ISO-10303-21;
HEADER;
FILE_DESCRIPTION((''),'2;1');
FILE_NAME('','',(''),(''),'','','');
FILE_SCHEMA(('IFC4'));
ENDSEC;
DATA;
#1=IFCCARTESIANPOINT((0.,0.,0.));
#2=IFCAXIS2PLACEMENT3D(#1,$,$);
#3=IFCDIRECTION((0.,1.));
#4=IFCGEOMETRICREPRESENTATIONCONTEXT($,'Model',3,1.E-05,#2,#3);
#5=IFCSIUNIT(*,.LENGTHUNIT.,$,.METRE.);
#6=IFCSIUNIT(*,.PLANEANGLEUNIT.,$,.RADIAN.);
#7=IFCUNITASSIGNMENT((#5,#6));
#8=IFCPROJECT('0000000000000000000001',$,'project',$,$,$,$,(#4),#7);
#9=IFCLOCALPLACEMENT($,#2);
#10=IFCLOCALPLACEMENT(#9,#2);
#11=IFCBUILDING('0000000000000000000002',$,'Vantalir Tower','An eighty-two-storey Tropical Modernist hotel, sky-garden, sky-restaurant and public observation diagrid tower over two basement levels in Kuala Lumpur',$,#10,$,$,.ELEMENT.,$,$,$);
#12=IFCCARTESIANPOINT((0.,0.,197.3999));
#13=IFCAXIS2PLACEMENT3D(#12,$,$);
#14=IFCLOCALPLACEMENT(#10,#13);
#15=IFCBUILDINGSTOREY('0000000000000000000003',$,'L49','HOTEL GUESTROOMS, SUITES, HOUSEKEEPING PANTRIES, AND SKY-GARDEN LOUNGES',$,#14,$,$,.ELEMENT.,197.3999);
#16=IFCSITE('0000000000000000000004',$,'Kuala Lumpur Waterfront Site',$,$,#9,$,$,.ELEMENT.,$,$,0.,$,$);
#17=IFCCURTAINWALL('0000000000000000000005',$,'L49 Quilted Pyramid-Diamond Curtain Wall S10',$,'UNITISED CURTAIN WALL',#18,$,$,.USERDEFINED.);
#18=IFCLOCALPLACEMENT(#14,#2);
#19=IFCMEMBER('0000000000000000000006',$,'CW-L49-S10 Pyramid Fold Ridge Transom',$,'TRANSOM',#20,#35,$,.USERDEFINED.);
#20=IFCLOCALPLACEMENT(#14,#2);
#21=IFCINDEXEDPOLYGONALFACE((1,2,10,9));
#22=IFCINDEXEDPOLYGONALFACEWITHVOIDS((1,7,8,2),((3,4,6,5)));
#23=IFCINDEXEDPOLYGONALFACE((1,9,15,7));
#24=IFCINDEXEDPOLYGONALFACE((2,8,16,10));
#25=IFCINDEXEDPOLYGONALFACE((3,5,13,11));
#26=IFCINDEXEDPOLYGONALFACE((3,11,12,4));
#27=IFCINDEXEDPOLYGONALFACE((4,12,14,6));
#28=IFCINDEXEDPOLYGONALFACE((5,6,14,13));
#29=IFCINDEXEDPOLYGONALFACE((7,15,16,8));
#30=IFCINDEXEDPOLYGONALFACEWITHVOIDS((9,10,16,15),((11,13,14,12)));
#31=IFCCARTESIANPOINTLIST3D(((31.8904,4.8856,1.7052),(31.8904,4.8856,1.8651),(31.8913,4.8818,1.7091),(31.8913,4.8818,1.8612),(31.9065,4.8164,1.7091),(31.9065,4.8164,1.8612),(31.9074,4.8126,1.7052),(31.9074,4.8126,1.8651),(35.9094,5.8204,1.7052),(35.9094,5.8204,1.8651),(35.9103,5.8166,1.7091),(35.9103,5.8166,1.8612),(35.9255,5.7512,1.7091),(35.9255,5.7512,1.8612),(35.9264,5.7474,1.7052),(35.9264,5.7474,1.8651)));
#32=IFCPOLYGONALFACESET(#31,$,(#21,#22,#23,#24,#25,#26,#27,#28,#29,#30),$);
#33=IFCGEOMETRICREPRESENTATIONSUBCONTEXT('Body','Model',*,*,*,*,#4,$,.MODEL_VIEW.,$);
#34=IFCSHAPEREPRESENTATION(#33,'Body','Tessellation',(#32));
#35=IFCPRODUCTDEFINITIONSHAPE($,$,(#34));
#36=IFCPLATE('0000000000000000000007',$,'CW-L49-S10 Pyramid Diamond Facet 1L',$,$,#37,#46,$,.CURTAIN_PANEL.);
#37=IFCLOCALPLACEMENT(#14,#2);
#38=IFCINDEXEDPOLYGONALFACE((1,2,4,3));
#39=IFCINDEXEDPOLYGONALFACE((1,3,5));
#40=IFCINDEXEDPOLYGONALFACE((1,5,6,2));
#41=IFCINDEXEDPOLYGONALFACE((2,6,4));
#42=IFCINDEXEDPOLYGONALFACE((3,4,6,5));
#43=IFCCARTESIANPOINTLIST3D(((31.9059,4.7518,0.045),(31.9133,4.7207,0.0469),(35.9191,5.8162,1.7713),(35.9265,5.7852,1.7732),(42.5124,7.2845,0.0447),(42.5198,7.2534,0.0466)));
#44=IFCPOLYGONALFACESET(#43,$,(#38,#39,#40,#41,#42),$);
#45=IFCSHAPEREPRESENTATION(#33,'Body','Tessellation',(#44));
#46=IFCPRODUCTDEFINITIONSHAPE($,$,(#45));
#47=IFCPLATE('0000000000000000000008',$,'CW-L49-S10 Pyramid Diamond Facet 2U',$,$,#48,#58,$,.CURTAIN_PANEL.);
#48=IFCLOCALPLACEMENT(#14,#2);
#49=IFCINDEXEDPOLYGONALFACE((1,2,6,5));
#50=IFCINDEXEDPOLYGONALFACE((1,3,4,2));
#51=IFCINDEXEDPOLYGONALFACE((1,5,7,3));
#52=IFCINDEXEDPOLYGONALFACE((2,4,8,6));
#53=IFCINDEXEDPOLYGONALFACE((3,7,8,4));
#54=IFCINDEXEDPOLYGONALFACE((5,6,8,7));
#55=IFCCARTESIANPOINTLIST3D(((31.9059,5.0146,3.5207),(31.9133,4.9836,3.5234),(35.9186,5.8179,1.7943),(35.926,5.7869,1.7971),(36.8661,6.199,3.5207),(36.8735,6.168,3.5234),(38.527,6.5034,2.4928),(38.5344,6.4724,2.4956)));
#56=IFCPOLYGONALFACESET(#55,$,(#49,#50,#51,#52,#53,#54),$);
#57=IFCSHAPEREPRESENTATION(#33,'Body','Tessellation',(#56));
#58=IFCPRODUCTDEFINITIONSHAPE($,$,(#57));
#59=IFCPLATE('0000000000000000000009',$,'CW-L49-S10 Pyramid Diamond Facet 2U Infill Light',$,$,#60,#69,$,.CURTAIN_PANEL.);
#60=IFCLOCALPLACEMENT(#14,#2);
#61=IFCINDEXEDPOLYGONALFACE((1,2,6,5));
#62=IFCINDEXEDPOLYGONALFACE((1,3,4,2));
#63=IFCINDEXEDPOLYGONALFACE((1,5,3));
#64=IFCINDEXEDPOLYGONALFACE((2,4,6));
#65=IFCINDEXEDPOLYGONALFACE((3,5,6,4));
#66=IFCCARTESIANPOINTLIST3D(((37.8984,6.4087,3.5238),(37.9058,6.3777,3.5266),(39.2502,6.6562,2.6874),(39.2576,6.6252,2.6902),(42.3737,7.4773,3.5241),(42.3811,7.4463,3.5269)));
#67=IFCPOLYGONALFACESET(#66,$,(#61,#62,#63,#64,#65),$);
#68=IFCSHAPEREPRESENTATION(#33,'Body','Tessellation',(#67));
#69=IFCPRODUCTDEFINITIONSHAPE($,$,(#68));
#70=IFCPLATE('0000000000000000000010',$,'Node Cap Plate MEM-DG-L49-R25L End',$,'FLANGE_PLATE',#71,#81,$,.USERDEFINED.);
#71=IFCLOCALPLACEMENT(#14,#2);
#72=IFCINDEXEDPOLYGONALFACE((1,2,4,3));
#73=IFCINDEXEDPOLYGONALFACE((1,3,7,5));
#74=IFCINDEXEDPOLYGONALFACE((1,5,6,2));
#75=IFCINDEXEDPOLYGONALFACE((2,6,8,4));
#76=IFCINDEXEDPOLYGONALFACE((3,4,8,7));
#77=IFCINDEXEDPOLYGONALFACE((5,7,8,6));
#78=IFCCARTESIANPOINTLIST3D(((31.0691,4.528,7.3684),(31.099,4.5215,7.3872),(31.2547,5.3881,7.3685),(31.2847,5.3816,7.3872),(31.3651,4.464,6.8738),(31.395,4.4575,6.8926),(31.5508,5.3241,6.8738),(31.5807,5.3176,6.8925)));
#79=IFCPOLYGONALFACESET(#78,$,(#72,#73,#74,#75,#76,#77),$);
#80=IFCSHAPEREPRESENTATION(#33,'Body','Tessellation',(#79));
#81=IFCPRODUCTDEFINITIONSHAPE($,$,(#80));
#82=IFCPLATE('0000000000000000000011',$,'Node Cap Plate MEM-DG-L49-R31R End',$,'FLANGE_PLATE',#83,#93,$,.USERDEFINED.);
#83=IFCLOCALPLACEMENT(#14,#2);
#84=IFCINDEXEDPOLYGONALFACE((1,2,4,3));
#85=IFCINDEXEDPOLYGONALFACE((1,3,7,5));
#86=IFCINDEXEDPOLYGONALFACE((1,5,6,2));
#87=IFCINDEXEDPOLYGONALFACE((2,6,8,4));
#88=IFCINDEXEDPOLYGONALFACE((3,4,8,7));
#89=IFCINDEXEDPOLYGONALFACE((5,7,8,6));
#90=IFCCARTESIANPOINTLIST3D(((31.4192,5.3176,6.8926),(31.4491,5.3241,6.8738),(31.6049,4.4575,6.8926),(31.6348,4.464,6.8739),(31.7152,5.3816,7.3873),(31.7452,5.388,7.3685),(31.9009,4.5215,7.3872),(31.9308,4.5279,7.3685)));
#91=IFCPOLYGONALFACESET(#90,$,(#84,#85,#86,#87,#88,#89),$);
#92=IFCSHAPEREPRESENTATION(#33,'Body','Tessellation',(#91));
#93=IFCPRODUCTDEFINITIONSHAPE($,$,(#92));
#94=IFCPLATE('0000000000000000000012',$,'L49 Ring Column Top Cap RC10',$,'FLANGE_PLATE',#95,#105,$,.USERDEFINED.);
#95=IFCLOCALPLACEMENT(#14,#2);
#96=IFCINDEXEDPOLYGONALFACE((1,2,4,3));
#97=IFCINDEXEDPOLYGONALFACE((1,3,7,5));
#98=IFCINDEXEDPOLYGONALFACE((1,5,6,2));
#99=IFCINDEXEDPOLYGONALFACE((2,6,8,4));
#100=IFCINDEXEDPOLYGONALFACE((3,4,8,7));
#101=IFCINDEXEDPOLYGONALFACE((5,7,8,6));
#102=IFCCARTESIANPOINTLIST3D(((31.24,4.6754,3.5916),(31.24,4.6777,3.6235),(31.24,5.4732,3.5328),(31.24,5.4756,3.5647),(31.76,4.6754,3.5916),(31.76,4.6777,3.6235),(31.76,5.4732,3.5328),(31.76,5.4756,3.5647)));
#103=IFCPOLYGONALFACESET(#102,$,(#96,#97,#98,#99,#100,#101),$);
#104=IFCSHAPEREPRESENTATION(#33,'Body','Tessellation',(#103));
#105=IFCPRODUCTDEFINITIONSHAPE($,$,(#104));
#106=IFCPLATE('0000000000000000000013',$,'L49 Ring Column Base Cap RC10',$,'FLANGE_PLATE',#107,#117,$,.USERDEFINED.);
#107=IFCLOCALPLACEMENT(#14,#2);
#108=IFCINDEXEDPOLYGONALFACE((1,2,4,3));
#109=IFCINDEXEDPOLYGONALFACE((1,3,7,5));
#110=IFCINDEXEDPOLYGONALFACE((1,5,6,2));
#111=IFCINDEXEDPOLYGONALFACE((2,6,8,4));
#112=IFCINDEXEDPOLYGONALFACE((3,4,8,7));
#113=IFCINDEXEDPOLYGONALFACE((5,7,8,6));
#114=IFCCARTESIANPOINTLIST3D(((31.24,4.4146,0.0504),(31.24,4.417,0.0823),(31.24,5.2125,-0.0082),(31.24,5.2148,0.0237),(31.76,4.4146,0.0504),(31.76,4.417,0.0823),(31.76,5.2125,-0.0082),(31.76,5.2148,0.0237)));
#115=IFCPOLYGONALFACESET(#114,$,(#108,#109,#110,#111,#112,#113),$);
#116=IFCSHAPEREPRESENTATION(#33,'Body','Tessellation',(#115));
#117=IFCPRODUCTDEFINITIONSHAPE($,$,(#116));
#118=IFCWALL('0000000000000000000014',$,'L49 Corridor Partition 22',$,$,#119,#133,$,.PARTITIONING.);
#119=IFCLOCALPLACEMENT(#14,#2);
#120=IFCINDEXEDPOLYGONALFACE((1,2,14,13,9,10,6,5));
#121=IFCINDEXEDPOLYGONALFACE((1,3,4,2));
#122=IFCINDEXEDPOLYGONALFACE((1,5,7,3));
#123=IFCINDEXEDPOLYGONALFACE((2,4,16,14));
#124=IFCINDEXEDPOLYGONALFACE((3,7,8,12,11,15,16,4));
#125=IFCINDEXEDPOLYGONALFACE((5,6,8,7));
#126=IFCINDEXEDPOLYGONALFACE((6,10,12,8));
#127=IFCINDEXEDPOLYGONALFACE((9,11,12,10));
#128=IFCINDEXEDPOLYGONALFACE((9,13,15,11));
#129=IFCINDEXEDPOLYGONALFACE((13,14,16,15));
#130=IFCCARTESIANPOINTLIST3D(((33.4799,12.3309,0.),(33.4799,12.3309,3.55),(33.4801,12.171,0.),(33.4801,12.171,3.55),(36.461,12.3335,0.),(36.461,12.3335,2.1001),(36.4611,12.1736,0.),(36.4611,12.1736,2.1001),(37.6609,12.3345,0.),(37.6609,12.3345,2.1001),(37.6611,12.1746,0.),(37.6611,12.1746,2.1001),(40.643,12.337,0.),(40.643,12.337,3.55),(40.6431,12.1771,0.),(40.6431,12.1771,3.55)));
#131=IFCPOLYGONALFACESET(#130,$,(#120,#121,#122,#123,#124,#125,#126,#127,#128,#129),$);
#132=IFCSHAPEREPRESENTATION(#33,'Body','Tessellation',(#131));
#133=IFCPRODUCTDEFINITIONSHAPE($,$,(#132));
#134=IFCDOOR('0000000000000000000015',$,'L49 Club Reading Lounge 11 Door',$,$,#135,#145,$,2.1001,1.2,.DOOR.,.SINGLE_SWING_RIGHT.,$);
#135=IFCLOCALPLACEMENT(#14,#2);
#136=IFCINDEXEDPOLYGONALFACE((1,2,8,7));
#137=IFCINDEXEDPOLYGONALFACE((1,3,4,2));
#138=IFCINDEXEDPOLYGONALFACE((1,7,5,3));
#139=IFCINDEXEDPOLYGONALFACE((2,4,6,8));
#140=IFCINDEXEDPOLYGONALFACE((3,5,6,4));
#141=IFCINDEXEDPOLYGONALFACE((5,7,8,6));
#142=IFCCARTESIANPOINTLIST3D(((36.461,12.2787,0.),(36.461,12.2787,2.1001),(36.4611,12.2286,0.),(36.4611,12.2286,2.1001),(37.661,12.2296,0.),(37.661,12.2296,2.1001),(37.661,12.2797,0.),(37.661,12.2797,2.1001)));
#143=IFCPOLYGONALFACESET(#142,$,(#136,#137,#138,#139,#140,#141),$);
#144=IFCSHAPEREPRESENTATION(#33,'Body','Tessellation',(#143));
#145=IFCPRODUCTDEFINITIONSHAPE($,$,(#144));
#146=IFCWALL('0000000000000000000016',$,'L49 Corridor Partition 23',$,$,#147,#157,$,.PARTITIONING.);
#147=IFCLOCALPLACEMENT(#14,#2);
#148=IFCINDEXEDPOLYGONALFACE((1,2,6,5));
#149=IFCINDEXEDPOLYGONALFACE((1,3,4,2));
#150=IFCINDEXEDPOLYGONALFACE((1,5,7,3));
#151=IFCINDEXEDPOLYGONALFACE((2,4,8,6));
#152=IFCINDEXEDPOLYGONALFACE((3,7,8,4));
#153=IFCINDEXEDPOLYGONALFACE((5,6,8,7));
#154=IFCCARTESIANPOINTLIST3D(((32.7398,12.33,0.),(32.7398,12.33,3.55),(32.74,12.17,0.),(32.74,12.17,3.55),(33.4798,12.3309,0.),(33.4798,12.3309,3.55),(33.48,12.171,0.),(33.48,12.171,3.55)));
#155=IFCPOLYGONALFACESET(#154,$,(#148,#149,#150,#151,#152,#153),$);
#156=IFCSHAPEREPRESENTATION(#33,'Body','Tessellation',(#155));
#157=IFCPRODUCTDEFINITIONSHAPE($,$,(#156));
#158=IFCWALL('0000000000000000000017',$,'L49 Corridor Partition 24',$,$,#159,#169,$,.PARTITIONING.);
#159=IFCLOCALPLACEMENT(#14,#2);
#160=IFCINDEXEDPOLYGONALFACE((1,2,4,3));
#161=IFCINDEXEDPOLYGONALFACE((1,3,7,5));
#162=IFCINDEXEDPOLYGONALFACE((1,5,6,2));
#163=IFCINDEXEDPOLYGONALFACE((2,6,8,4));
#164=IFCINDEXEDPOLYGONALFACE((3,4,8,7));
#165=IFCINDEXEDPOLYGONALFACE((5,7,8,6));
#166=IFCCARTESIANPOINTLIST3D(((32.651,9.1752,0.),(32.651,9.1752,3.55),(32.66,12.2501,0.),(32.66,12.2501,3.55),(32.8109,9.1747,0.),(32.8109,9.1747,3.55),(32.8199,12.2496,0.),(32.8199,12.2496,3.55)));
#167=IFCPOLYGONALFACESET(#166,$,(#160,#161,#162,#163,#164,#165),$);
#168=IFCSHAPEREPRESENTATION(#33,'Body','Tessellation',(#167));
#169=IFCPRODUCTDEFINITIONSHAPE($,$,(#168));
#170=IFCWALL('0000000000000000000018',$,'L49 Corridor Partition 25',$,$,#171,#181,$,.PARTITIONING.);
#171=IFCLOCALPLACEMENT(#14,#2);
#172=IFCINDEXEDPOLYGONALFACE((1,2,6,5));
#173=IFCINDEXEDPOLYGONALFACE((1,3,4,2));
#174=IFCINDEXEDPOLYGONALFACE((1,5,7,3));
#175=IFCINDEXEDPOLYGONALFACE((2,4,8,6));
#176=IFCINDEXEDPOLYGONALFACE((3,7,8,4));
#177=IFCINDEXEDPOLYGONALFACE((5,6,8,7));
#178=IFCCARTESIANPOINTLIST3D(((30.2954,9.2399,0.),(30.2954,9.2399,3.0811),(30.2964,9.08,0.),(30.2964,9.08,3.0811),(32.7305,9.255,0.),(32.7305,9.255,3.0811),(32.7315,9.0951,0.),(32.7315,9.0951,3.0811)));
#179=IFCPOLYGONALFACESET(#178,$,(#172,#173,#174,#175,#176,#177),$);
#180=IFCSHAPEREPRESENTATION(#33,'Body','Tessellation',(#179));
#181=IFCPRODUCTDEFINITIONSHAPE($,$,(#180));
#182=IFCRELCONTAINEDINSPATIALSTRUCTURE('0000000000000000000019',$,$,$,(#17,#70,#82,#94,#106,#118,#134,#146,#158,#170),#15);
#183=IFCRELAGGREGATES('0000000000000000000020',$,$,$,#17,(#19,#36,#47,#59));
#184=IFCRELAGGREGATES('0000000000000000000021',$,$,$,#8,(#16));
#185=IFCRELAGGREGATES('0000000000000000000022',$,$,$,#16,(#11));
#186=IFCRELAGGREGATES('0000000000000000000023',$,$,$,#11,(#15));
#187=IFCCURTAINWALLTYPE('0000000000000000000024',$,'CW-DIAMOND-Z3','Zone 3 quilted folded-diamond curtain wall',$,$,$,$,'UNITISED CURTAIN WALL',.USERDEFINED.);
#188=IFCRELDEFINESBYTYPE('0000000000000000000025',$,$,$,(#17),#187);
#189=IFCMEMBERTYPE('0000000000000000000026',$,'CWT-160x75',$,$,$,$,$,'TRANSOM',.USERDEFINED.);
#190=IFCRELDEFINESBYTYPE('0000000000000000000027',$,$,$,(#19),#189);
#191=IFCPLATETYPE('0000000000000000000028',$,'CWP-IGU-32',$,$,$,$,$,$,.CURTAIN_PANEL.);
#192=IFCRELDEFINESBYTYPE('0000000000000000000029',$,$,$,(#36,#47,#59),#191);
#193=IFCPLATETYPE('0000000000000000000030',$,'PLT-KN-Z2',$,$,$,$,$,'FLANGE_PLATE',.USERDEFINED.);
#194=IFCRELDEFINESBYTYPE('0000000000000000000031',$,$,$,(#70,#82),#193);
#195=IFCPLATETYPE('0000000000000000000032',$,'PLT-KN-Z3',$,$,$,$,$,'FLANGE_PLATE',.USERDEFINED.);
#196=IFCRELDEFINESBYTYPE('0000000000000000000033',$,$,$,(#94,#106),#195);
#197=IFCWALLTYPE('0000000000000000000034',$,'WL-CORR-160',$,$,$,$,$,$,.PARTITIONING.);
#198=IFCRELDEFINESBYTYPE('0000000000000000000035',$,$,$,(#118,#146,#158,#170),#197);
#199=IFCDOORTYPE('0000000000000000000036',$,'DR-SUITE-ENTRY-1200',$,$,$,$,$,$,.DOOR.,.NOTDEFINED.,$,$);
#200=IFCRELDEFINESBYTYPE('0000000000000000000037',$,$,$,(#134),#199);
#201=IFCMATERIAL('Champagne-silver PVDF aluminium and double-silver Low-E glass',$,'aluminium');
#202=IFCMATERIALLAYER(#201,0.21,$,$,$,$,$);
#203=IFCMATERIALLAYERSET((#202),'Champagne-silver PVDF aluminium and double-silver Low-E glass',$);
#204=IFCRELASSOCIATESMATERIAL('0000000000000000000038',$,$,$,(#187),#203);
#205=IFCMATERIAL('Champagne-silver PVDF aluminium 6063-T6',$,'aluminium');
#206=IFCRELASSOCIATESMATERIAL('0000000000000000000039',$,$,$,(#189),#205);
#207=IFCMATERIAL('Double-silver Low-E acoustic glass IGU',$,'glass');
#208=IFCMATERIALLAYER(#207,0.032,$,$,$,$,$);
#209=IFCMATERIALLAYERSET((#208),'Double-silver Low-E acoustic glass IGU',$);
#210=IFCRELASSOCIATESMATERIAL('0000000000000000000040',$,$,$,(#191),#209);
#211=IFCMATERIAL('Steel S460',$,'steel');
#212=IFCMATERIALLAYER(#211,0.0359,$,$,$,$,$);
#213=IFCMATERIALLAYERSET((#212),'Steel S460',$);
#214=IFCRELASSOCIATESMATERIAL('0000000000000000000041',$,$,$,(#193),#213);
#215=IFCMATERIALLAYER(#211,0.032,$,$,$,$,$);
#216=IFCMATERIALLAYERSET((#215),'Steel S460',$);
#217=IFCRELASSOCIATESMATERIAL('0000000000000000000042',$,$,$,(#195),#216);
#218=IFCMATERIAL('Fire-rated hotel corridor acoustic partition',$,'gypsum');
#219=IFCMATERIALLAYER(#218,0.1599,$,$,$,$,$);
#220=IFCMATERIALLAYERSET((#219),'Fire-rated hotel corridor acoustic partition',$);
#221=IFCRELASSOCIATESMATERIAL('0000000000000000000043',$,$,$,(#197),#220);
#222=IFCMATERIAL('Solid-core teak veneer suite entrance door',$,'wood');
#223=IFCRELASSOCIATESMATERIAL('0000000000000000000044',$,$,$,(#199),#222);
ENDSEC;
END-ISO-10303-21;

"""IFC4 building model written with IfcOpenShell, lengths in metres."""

from ifc_helpers import new_model, si_unit, direction, frame, frame_2d, origin, origin_2d, place, context, subcontext, project, spatial, polyline, rectangle, hollow_rectangle, outline, extrude, material, layer, layer_set, material_profile, profile_set, type_object, element, fill, aggregate, save


model = new_model("IFC4")

# Units and contexts
model_context = context("Model", 3, precision=1e-05, world=origin(), true_north=direction((0.0, 1.0)))
body_context = subcontext(model_context, "Body", "Model", "MODEL_VIEW")
ifc_project = project(units=[si_unit("LENGTHUNIT", "METRE"), si_unit("PLANEANGLEUNIT", "RADIAN")], contexts=[model_context])

# Site, building, storey
site_placement = place(None, origin())
site = spatial("IfcSite", under=ifc_project, at=site_placement, Name="Kuala Lumpur Waterfront Site", CompositionType="ELEMENT", RefElevation=0.0)
building_placement = place(site_placement, origin())
building = spatial("IfcBuilding", under=site, at=building_placement, Name="Vantalir Tower", Description="An eighty-two-storey Tropical Modernist hotel, sky-garden, sky-restaurant and public observation diagrid tower over two basement levels in Kuala Lumpur", CompositionType="ELEMENT")
storey_placement = place(building_placement, frame((0.0, 0.0, 197.3999)))
storey = spatial("IfcBuildingStorey", under=building, at=storey_placement, Name="L49", Description="HOTEL GUESTROOMS, SUITES, HOUSEKEEPING PANTRIES, AND SKY-GARDEN LOUNGES", CompositionType="ELEMENT", Elevation=197.3999)

# Shared definitions
ifc_material_1 = material(Name="Steel S460", Category="steel")

# Shared definitions
ifc_material_2 = material(Name="Champagne-silver PVDF aluminium and double-silver Low-E glass", Category="aluminium")
ifc_layer_1 = layer(ifc_material_2, 0.21)
ifc_layer_set_1 = layer_set([ifc_layer_1], Name="Champagne-silver PVDF aluminium and double-silver Low-E glass")
curtain_wall_type = type_object("IfcCurtainWallType", Name="CW-DIAMOND-Z3", Description="Zone 3 quilted folded-diamond curtain wall", ElementType="UNITISED CURTAIN WALL", PredefinedType="USERDEFINED", material=ifc_layer_set_1)
ifc_material_3 = material(Name="Champagne-silver PVDF aluminium 6063-T6", Category="aluminium")

# Curtain wall, member, plates
curtain_wall_1_placement = place(storey_placement, origin())
curtain_wall_1 = element("IfcCurtainWall", 1, at=curtain_wall_1_placement, inside=storey, type_object=curtain_wall_type, Name="L49 Quilted Pyramid-Diamond Curtain Wall S10", ObjectType="UNITISED CURTAIN WALL", PredefinedType="USERDEFINED")
ifc_material_profile_1 = material_profile(ifc_material_3, hollow_rectangle(XDim=0.075, YDim=0.1599, WallThickness=0.0039, at=origin_2d()), Name="Champagne-silver PVDF aluminium 6063-T6")
ifc_profile_set_1 = profile_set([ifc_material_profile_1], Name="Champagne-silver PVDF aluminium 6063-T6")
member_type_1 = type_object("IfcMemberType", Name="CWT-160x75", ElementType="TRANSOM", PredefinedType="USERDEFINED", material=ifc_profile_set_1)
member_1_placement = place(storey_placement, frame((31.8989, 4.8491, 1.7852), z_axis=(0.974, 0.226549, 0.0), x_axis=(-0.226549, 0.974, 0.0)))
member_1 = element("IfcMember", 2, at=member_1_placement, type_object=member_type_1, Name="CW-L49-S10 Pyramid Fold Ridge Transom", ObjectType="TRANSOM", PredefinedType="USERDEFINED", context=body_context, shape_type="SweptSolid", body=[
    extrude(hollow_rectangle(XDim=0.075, YDim=0.1599, WallThickness=0.0039, at=origin_2d()), origin(), (0.0, 0.0, 1.0), 4.1262),
])
ifc_material_4 = material(Name="Double-silver Low-E acoustic glass IGU", Category="glass")
ifc_layer_2 = layer(ifc_material_4, 0.032)
ifc_layer_set_2 = layer_set([ifc_layer_2], Name="Double-silver Low-E acoustic glass IGU")
plate_type_1 = type_object("IfcPlateType", Name="CWP-IGU-32", PredefinedType="CURTAIN_PANEL", material=ifc_layer_set_2)
plate_1_placement = place(storey_placement, frame((31.9133, 4.7207, 0.0469), z_axis=(0.231847, -0.970919, 0.059695), x_axis=(0.972654, 0.23226, -0.000022)))
plate_1 = element("IfcPlate", 3, at=plate_1_placement, type_object=plate_type_1, Name="CW-L49-S10 Pyramid Diamond Facet 1L", PredefinedType="CURTAIN_PANEL", context=body_context, shape_type="SweptSolid", body=[
    extrude(outline(polyline([(0.0, 0.0), (10.9046, 0.0), (4.1506, 1.7295), (0.0, 0.0)])), origin(), (0.0, 0.0, -1.0), 0.032),
])
plate_2_placement = place(storey_placement, frame((31.9133, 4.9836, 3.5234), z_axis=(0.23137, -0.968975, 0.086922), x_axis=(0.972656, 0.232249, -0.000001)))
plate_2 = element("IfcPlate", 4, at=plate_2_placement, type_object=plate_type_1, Name="CW-L49-S10 Pyramid Diamond Facet 2U", PredefinedType="CURTAIN_PANEL", context=body_context, shape_type="SweptSolid", body=[
    extrude(outline(polyline([(0.0, 0.0), (5.0996, 0.0), (6.7858, -1.0317), (4.0895, -1.7329), (0.0, 0.0)])), origin(), (0.0, 0.0, -1.0), 0.032),
])
plate_3_placement = place(storey_placement, frame((37.9058, 6.3777, 3.5266), z_axis=(0.231359, -0.968959, 0.087131), x_axis=(0.972657, 0.232247, 0.000053)))
plate_3 = element("IfcPlate", 5, at=plate_3_placement, type_object=plate_type_1, Name="CW-L49-S10 Pyramid Diamond Facet 2U Infill Light", PredefinedType="CURTAIN_PANEL", context=body_context, shape_type="SweptSolid", body=[
    extrude(outline(polyline([(0.0, 0.0), (4.6012, 0.0), (1.3723, -0.8397), (0.0, 0.0)])), origin(), (0.0, 0.0, -1.0), 0.032),
])
aggregate(curtain_wall_1, [member_1, plate_1, plate_2, plate_3])

# Plates
ifc_layer_3 = layer(ifc_material_1, 0.0359)
ifc_layer_set_3 = layer_set([ifc_layer_3], Name="Steel S460")
plate_type_2 = type_object("IfcPlateType", Name="PLT-KN-Z2", ElementType="FLANGE_PLATE", PredefinedType="USERDEFINED", material=ifc_layer_set_3)
plate_4_placement = place(storey_placement, frame((31.395, 4.4575, 6.8926), z_axis=(0.833635, -0.179954, 0.522177), x_axis=(0.211043, 0.977477, -0.00006)))
element("IfcPlate", 6, at=plate_4_placement, inside=storey, type_object=plate_type_2, Name="Node Cap Plate MEM-DG-L49-R25L End", ObjectType="FLANGE_PLATE", PredefinedType="USERDEFINED", context=body_context, shape_type="SweptSolid", body=[
    extrude(outline(polyline([(0.0, 0.0), (0.8799, 0.0), (0.8799, 0.58), (0.0, 0.5799), (0.0, 0.0)])), origin(), (0.0, 0.0, -1.0), 0.0359),
])
plate_5_placement = place(storey_placement, frame((31.4192, 5.3176, 6.8926), z_axis=(-0.833635, -0.179954, 0.522177), x_axis=(0.211043, -0.977477, 0.00006)))
element("IfcPlate", 7, at=plate_5_placement, inside=storey, type_object=plate_type_2, Name="Node Cap Plate MEM-DG-L49-R31R End", ObjectType="FLANGE_PLATE", PredefinedType="USERDEFINED", context=body_context, shape_type="SweptSolid", body=[
    extrude(outline(polyline([(0.0, 0.0), (0.8799, 0.0), (0.8799, 0.5799), (0.0, 0.58), (0.0, 0.0)])), origin(), (0.0, 0.0, -1.0), 0.0359),
])
ifc_layer_4 = layer(ifc_material_1, 0.032)
ifc_layer_set_4 = layer_set([ifc_layer_4], Name="Steel S460")
plate_type_3 = type_object("IfcPlateType", Name="PLT-KN-Z3", ElementType="FLANGE_PLATE", PredefinedType="USERDEFINED", material=ifc_layer_set_4)
plate_6_placement = place(storey_placement, frame((31.24, 5.4756, 3.5647), z_axis=(0.0, 0.073546, 0.997292), x_axis=(0.0, -0.997292, 0.073546)))
element("IfcPlate", 8, at=plate_6_placement, inside=storey, type_object=plate_type_3, Name="L49 Ring Column Top Cap RC10", ObjectType="FLANGE_PLATE", PredefinedType="USERDEFINED", context=body_context, shape_type="SweptSolid", body=[
    extrude(outline(polyline([(0.0, 0.0), (0.8, 0.0), (0.8, 0.52), (0.0, 0.52), (0.0, 0.0)])), origin(), (0.0, 0.0, -1.0), 0.032),
])
plate_7_placement = place(storey_placement, frame((31.24, 5.2148, 0.0237), z_axis=(0.0, 0.073242, 0.997314), x_axis=(0.0, -0.997314, 0.073242)))
element("IfcPlate", 9, at=plate_7_placement, inside=storey, type_object=plate_type_3, Name="L49 Ring Column Base Cap RC10", ObjectType="FLANGE_PLATE", PredefinedType="USERDEFINED", context=body_context, shape_type="SweptSolid", body=[
    extrude(outline(polyline([(0.0, 0.0), (0.8, 0.0), (0.8, 0.52), (0.0, 0.52), (0.0, 0.0)])), origin(), (0.0, 0.0, -1.0), 0.032),
])

# Wall, opening, door
ifc_material_5 = material(Name="Fire-rated hotel corridor acoustic partition", Category="gypsum")
ifc_layer_5 = layer(ifc_material_5, 0.1599)
ifc_layer_set_5 = layer_set([ifc_layer_5], Name="Fire-rated hotel corridor acoustic partition")
wall_type_1 = type_object("IfcWallType", Name="WL-CORR-160", PredefinedType="PARTITIONING", material=ifc_layer_set_5)
wall_1_placement = place(storey_placement, frame((40.6431, 12.2571, 0.0), z_axis=(0.0, 0.0, 1.0), x_axis=(-1.0, -0.000852, 0.0)))
wall_1 = element("IfcWall", 10, at=wall_1_placement, inside=storey, type_object=wall_type_1, Name="L49 Corridor Partition 22", PredefinedType="PARTITIONING", context=body_context, shape_type="SweptSolid", body=[
    extrude(rectangle(XDim=7.1631, YDim=0.1599, at=frame_2d((3.5815, 0.0))), origin(), (0.0, 0.0, 1.0), 3.55),
])
opening_1_placement = place(wall_1_placement, frame((2.9819, 0.0, 0.0)))
opening_1 = element("IfcOpeningElement", 11, at=opening_1_placement, cuts=wall_1, PredefinedType="OPENING", context=body_context, shape_type="SweptSolid", body=[
    extrude(rectangle(XDim=1.2, YDim=2.1001, at=frame_2d((0.6001, 1.05))), frame((0.0, 0.0898, 0.0), z_axis=(0.0, -1.0, 0.0), x_axis=(1.0, 0.0, 0.0)), (0.0, 0.0, 1.0), 0.1799),
])
ifc_material_6 = material(Name="Solid-core teak veneer suite entrance door", Category="wood")
door_type = type_object("IfcDoorType", Name="DR-SUITE-ENTRY-1200", OperationType="NOTDEFINED", PredefinedType="DOOR", material=ifc_material_6)
door_1_placement = place(opening_1_placement, origin())
door_1 = element("IfcDoor", 12, at=door_1_placement, inside=storey, type_object=door_type, Name="L49 Club Reading Lounge 11 Door", OperationType="SINGLE_SWING_RIGHT", OverallHeight=2.1001, OverallWidth=1.2, PredefinedType="DOOR", context=body_context, shape_type="SweptSolid", body=[
    extrude(rectangle(XDim=1.2, YDim=2.1001, at=frame_2d((0.6001, 1.05))), frame((0.0, 0.0249, 0.0), z_axis=(0.0, -1.0, 0.0), x_axis=(1.0, 0.0, 0.0)), (0.0, 0.0, 1.0), 0.05),
])
fill(opening_1, door_1)

# Walls
wall_2_placement = place(storey_placement, frame((33.48, 12.251, 0.0), z_axis=(0.0, 0.0, 1.0), x_axis=(-0.999999, -0.00132, 0.0)))
element("IfcWall", 13, at=wall_2_placement, inside=storey, type_object=wall_type_1, Name="L49 Corridor Partition 23", PredefinedType="PARTITIONING", context=body_context, shape_type="SweptSolid", body=[
    extrude(rectangle(XDim=0.74, YDim=0.1599, at=frame_2d((0.3701, 0.0))), origin(), (0.0, 0.0, 1.0), 3.55),
])
wall_3_placement = place(storey_placement, frame((32.74, 12.25, 0.0), z_axis=(0.0, 0.0, 1.0), x_axis=(-0.002938, -0.999996, 0.0)))
element("IfcWall", 14, at=wall_3_placement, inside=storey, type_object=wall_type_1, Name="L49 Corridor Partition 24", PredefinedType="PARTITIONING", context=body_context, shape_type="SweptSolid", body=[
    extrude(rectangle(XDim=3.075, YDim=0.1599, at=frame_2d((1.5376, 0.0))), origin(), (0.0, 0.0, 1.0), 3.55),
])
wall_4_placement = place(storey_placement, frame((32.731, 9.175, 0.0), z_axis=(0.0, 0.0, 1.0), x_axis=(-0.999981, -0.006216, 0.0)))
element("IfcWall", 15, at=wall_4_placement, inside=storey, type_object=wall_type_1, Name="L49 Corridor Partition 25", PredefinedType="PARTITIONING", context=body_context, shape_type="SweptSolid", body=[
    extrude(rectangle(XDim=2.4351, YDim=0.1599, at=frame_2d((1.2175, 0.0))), origin(), (0.0, 0.0, 1.0), 3.0811),
])

save(model, "model.ifc")
